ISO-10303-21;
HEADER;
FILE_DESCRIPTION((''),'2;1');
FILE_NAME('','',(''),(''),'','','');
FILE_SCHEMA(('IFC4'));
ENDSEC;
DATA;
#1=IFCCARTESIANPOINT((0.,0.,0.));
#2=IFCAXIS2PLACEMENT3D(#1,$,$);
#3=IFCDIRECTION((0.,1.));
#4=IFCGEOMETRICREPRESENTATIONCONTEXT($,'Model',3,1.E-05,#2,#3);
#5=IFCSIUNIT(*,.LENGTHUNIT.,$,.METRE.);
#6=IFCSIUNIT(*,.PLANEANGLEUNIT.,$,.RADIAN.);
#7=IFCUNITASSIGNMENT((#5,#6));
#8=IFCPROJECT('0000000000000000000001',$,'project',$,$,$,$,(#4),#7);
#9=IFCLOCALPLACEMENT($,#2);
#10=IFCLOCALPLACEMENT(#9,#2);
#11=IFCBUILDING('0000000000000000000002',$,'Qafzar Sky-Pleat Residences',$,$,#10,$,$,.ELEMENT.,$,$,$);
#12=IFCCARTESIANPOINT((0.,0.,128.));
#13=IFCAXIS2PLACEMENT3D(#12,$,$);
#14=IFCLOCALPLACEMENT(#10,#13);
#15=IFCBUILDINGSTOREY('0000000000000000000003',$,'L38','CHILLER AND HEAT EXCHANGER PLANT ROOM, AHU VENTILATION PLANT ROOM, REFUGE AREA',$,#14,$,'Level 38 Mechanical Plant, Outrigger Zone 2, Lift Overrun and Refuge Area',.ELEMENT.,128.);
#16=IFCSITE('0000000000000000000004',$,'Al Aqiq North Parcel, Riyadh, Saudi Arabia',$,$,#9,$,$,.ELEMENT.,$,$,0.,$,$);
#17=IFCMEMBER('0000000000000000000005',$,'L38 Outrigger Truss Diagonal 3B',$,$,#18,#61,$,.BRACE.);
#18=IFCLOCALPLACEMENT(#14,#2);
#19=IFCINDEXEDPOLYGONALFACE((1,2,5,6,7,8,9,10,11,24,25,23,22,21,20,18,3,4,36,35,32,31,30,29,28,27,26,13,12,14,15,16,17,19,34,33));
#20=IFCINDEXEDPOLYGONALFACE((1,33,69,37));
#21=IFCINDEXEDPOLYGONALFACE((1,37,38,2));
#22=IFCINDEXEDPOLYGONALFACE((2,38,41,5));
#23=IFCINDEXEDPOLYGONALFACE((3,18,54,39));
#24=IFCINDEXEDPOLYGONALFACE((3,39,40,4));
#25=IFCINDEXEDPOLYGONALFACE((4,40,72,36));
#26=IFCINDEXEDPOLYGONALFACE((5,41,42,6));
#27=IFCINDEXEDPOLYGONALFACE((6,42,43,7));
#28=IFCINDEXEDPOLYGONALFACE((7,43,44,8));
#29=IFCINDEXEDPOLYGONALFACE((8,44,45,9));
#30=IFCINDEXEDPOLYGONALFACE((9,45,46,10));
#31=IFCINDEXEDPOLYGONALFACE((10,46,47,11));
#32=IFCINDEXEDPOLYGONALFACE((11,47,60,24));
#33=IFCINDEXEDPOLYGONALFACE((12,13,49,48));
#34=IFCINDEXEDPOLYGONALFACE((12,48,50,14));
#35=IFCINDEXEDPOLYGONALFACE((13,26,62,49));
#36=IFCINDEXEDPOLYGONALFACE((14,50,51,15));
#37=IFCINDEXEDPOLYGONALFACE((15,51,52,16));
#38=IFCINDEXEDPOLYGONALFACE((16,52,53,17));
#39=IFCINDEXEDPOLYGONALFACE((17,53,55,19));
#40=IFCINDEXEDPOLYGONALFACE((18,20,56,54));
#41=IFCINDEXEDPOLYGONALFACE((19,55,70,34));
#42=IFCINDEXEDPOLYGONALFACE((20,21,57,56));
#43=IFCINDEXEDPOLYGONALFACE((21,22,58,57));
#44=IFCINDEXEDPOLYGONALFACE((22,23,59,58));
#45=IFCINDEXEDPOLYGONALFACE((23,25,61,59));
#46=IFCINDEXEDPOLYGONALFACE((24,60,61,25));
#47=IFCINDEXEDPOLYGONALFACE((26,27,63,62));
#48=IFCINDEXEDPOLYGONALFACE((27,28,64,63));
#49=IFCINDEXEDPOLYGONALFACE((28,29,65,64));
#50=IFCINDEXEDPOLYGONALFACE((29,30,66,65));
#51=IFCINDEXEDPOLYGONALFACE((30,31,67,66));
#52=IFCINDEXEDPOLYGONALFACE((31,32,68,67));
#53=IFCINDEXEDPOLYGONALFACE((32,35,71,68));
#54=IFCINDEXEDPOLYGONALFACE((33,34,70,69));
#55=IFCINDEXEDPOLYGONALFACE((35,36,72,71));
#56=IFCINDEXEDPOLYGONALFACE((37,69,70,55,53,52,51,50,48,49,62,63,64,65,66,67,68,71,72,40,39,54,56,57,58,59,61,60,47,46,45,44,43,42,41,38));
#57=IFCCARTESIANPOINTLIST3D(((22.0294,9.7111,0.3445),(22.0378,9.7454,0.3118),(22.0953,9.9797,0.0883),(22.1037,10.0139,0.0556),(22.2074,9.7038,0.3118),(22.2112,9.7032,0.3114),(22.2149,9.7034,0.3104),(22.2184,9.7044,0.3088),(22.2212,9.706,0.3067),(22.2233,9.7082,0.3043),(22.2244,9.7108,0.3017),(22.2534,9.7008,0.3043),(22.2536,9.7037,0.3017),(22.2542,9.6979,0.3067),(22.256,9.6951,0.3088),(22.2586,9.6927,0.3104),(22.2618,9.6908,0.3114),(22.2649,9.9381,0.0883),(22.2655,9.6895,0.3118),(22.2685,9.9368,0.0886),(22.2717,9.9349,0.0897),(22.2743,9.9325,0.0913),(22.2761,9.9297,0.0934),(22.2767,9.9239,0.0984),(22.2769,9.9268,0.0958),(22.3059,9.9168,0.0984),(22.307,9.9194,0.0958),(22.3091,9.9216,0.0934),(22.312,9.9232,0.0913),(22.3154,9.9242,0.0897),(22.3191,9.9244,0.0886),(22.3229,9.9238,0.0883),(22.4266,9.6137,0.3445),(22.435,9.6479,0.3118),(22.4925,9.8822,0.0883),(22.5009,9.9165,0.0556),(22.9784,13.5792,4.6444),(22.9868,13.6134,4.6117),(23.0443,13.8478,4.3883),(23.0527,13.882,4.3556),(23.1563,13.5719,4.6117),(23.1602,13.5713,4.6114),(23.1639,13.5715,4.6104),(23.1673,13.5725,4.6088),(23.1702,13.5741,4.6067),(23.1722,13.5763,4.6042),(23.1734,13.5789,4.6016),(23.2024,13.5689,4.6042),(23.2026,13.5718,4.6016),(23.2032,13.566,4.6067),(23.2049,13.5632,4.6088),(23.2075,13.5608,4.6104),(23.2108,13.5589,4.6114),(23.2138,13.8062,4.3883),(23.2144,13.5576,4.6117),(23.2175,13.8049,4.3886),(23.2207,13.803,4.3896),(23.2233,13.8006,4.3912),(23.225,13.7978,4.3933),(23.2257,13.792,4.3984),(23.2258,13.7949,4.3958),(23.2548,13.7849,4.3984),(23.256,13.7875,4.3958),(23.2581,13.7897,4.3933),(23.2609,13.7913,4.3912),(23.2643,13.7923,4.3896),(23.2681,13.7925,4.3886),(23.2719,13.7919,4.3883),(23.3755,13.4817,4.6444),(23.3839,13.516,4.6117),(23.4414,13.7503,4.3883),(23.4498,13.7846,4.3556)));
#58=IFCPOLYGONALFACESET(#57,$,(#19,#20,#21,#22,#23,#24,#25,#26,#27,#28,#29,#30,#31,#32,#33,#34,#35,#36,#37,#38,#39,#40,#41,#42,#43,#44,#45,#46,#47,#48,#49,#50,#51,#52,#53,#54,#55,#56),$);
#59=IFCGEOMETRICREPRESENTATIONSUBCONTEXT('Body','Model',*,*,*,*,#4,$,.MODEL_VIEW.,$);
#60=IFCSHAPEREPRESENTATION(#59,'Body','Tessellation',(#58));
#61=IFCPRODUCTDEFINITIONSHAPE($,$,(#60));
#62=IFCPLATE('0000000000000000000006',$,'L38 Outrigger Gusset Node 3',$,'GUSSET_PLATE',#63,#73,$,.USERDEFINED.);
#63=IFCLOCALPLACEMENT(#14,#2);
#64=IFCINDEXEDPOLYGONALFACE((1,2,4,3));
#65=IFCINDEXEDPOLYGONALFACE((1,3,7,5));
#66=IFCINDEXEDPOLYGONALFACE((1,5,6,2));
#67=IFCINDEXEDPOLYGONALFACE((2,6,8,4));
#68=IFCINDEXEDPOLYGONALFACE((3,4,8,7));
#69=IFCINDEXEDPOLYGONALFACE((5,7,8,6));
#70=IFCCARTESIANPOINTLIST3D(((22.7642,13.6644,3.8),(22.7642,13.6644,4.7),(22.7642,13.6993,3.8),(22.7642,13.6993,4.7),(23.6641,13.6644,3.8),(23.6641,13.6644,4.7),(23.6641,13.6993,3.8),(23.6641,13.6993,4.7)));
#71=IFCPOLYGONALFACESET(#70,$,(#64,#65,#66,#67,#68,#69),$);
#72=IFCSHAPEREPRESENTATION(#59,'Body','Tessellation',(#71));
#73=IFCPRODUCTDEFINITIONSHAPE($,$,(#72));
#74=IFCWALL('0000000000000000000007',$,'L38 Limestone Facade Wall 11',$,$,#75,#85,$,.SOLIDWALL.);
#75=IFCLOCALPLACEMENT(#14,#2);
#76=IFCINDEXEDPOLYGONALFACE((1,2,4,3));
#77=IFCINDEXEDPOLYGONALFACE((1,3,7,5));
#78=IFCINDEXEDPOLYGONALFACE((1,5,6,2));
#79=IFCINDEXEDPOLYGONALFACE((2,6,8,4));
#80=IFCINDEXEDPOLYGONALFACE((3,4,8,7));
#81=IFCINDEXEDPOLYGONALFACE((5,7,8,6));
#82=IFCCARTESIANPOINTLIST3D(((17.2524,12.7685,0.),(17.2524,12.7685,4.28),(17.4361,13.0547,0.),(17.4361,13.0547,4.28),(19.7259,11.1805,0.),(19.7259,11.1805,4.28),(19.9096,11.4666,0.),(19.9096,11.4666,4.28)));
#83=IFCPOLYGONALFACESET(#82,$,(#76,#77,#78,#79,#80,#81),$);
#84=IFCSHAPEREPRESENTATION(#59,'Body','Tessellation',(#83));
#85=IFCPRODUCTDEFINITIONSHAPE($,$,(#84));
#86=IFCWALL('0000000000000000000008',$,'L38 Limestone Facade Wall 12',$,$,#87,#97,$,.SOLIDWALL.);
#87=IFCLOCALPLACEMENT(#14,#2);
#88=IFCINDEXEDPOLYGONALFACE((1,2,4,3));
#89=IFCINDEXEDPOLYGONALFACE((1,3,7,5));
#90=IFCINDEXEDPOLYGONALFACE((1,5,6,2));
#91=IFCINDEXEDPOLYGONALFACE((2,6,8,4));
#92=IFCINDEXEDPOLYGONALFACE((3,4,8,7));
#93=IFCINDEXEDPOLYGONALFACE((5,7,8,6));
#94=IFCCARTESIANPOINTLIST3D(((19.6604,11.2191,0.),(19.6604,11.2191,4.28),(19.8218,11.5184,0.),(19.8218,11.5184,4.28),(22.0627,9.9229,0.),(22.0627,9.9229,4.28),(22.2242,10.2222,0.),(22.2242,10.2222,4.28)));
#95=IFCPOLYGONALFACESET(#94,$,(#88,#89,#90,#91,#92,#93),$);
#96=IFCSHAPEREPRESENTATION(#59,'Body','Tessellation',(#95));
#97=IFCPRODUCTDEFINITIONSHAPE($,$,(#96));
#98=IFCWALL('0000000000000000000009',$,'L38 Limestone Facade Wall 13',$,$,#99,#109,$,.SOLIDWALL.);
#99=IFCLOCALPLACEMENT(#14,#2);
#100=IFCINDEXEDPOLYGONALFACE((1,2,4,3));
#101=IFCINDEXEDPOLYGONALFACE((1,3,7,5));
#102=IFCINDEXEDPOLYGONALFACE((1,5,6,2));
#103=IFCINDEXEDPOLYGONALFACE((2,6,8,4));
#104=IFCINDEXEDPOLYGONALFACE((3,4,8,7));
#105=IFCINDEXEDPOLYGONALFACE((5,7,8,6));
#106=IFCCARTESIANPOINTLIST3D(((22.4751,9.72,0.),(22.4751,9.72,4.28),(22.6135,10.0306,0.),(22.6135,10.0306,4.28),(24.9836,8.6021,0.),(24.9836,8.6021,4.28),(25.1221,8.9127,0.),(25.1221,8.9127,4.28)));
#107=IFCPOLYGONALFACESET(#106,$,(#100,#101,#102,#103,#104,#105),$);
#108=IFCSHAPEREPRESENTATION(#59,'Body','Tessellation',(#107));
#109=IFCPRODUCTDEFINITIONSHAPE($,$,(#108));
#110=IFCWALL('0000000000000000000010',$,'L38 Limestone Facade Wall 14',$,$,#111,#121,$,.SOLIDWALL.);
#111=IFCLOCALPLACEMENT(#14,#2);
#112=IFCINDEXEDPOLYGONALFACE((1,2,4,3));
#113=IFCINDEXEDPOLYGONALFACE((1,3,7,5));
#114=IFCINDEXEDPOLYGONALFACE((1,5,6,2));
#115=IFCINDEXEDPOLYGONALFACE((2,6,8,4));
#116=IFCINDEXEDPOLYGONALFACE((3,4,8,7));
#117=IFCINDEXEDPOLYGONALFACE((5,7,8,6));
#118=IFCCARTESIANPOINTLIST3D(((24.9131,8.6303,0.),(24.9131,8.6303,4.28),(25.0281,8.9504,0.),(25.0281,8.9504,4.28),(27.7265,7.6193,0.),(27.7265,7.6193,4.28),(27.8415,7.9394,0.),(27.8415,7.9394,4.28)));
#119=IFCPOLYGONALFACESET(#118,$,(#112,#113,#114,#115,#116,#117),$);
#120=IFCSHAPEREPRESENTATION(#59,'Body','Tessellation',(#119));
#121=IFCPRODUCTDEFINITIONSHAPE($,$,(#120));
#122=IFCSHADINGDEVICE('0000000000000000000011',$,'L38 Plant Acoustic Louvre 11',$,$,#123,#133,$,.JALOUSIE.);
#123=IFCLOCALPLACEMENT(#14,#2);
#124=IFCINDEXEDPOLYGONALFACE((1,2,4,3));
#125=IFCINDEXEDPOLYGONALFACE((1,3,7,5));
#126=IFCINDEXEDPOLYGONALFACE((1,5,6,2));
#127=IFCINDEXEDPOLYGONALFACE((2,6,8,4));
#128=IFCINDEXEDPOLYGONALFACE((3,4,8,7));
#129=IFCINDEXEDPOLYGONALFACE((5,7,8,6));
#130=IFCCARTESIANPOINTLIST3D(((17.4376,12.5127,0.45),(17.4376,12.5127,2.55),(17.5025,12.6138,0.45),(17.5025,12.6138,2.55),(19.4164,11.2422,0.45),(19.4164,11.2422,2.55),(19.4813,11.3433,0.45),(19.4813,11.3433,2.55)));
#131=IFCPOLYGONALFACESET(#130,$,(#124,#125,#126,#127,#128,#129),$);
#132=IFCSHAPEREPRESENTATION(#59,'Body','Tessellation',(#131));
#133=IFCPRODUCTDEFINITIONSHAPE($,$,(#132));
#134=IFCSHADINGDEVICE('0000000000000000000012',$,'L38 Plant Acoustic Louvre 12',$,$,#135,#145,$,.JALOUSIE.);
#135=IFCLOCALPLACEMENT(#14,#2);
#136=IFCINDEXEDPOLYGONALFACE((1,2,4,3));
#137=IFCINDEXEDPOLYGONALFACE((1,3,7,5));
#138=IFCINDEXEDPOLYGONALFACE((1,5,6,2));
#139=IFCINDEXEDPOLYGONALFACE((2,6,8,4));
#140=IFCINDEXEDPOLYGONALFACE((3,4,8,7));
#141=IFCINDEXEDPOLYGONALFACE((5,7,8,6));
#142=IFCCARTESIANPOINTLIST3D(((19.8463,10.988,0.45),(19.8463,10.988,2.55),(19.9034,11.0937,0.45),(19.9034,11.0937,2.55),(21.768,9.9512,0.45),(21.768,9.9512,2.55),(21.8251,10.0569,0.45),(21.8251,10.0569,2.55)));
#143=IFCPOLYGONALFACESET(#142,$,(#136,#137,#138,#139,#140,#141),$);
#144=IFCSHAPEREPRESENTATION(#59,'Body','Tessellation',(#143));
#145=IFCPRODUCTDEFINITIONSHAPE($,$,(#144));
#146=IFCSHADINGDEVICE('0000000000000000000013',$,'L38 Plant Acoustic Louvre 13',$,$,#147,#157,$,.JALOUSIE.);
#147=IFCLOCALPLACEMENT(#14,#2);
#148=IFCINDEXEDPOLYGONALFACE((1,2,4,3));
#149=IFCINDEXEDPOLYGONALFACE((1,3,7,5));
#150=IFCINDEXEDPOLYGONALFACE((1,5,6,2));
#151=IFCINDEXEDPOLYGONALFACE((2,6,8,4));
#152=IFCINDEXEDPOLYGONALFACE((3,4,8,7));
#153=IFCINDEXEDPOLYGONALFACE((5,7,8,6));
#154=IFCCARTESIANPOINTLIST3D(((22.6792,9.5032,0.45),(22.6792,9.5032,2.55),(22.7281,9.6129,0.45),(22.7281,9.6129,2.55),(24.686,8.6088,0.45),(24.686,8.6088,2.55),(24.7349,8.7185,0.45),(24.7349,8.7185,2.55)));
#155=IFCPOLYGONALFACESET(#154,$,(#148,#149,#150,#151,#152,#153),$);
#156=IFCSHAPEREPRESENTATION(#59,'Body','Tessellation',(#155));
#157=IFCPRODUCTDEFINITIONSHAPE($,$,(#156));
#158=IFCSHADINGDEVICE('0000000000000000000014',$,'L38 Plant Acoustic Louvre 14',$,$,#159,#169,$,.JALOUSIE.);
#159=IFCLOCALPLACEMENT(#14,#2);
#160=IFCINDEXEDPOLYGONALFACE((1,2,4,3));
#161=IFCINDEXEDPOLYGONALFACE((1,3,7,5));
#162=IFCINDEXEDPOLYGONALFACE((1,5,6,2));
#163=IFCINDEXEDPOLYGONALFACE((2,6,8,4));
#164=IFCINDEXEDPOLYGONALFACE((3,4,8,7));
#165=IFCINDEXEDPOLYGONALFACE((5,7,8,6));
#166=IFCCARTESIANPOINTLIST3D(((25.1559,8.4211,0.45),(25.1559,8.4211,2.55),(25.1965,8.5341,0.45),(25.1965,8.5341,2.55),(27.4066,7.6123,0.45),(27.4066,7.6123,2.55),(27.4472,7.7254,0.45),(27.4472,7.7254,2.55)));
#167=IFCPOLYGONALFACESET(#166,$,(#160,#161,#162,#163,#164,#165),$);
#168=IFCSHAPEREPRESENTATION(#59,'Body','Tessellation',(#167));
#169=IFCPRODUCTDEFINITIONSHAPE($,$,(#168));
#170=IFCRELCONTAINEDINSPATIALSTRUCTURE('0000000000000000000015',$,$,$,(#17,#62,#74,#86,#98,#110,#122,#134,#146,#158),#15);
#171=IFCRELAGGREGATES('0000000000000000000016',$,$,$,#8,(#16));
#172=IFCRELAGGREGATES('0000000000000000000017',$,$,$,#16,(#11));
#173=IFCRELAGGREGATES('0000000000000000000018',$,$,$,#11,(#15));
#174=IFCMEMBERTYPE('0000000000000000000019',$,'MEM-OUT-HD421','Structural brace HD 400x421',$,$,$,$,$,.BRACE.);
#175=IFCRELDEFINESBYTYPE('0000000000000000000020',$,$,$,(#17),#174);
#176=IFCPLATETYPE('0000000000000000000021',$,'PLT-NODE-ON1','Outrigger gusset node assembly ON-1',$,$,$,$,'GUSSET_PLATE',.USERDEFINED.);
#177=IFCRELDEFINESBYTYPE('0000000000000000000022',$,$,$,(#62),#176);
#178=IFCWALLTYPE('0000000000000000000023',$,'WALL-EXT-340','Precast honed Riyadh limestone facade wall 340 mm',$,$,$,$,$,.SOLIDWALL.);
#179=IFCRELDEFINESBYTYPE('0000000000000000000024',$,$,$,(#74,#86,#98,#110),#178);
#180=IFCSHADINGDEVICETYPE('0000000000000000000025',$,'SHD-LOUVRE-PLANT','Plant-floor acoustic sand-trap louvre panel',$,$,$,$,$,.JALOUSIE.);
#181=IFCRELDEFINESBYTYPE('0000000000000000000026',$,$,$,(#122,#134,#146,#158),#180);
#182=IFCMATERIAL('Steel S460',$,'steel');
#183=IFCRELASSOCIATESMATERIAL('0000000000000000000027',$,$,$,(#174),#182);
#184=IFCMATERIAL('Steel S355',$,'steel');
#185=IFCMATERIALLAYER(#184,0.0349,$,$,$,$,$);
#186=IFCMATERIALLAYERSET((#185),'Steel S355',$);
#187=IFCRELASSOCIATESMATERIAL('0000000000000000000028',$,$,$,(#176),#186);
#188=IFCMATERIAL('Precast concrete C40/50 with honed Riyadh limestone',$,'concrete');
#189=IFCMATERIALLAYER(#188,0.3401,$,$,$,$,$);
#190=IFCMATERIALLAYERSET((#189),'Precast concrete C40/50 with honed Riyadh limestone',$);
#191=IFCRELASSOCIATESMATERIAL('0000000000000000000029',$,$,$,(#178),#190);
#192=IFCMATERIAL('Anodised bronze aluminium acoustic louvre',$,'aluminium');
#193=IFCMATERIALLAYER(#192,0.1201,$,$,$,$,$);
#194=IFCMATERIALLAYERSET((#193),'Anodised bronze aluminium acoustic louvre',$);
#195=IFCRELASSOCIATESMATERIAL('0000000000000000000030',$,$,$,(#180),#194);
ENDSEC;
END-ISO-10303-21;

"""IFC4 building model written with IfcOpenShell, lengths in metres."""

from ifc_helpers import new_model, si_unit, direction, frame, frame_2d, origin, origin_2d, place, context, subcontext, project, spatial, rectangle, i_section, extrude, source, transform, mapped, material, layer, layer_set, material_profile, profile_set, type_object, element, save


model = new_model("IFC4")

# Units and contexts
model_context = context("Model", 3, precision=1e-05, world=origin(), true_north=direction((0.0, 1.0)))
body_context = subcontext(model_context, "Body", "Model", "MODEL_VIEW")
ifc_project = project(units=[si_unit("LENGTHUNIT", "METRE"), si_unit("PLANEANGLEUNIT", "RADIAN")], contexts=[model_context])

# Site, building, storey
site_placement = place(None, origin())
site = spatial("IfcSite", under=ifc_project, at=site_placement, Name="Al Aqiq North Parcel, Riyadh, Saudi Arabia", CompositionType="ELEMENT", RefElevation=0.0)
building_placement = place(site_placement, origin())
building = spatial("IfcBuilding", under=site, at=building_placement, Name="Qafzar Sky-Pleat Residences", CompositionType="ELEMENT")
storey_placement = place(building_placement, frame((0.0, 0.0, 128.0)))
storey = spatial("IfcBuildingStorey", under=building, at=storey_placement, Name="L38", Description="CHILLER AND HEAT EXCHANGER PLANT ROOM, AHU VENTILATION PLANT ROOM, REFUGE AREA", LongName="Level 38 Mechanical Plant, Outrigger Zone 2, Lift Overrun and Refuge Area", CompositionType="ELEMENT", Elevation=128.0)

# Shared definitions
ifc_material_1 = material(Name="Steel S460", Category="steel")

# Shared definitions
ifc_material_2 = material(Name="Steel S355", Category="steel")

# Member
ifc_material_profile_1 = material_profile(ifc_material_1, i_section(OverallWidth=0.4089, OverallDepth=0.425, WebThickness=0.03, FlangeThickness=0.0481, FilletRadius=0.0149, at=origin_2d()), Name="HD 400x421")
ifc_profile_set_1 = profile_set([ifc_material_profile_1], Name="Steel S460")
member_type_1 = type_object("IfcMemberType", Name="MEM-OUT-HD421", Description="Structural brace HD 400x421", PredefinedType="BRACE", material=ifc_profile_set_1)
shared_shape_1 = source(origin(), body_context, "Body", "SweptSolid", [
    extrude(i_section(OverallWidth=0.4089, OverallDepth=0.425, WebThickness=0.03, FlangeThickness=0.0481, FilletRadius=0.0149, at=origin_2d()), origin(), (0.0, 0.0, 1.0), 5.8611),
])
member_1_placement = place(storey_placement, frame((23.2141, 13.6819, 4.5), z_axis=(-0.161908, -0.659961, -0.733646), x_axis=(0.9712, -0.238264, 0.0)))
element("IfcMember", 1, at=member_1_placement, inside=storey, type_object=member_type_1, Name="L38 Outrigger Truss Diagonal 3B", PredefinedType="BRACE", context=body_context, shape_type="MappedRepresentation", body=[
    mapped(shared_shape_1, transform((0.0, 0.0, 0.0), x_axis=(1.0, 0.0, 0.0), y_axis=(0.0, 1.0, 0.0), z_axis=(0.0, 0.0, 1.0), scale=1.0)),
])

# Plate
ifc_layer_1 = layer(ifc_material_2, 0.0349)
ifc_layer_set_1 = layer_set([ifc_layer_1], Name="Steel S355")
plate_type = type_object("IfcPlateType", Name="PLT-NODE-ON1", Description="Outrigger gusset node assembly ON-1", ElementType="GUSSET_PLATE", PredefinedType="USERDEFINED", material=ifc_layer_set_1)
shared_shape_2 = source(origin(), body_context, "Body", "SweptSolid", [
    extrude(rectangle(XDim=0.8999, YDim=0.0349, at=origin_2d()), origin(), (0.0, 0.0, 1.0), 0.8999),
])
plate_placement = place(storey_placement, frame((23.2141, 13.6819, 3.8), z_axis=(0.0, 0.0, 1.0), x_axis=(1.0, 0.0, 0.0)))
element("IfcPlate", 2, at=plate_placement, inside=storey, type_object=plate_type, Name="L38 Outrigger Gusset Node 3", ObjectType="GUSSET_PLATE", PredefinedType="USERDEFINED", context=body_context, shape_type="MappedRepresentation", body=[
    mapped(shared_shape_2, transform((0.0, 0.0, 0.0), x_axis=(1.0, 0.0, 0.0), y_axis=(0.0, 1.0, 0.0), z_axis=(0.0, 0.0, 1.0), scale=1.0)),
])

# Walls
ifc_material_3 = material(Name="Precast concrete C40/50 with honed Riyadh limestone", Category="concrete")
ifc_layer_2 = layer(ifc_material_3, 0.3401)
ifc_layer_set_2 = layer_set([ifc_layer_2], Name="Precast concrete C40/50 with honed Riyadh limestone")
wall_type = type_object("IfcWallType", Name="WALL-EXT-340", Description="Precast honed Riyadh limestone facade wall 340 mm", PredefinedType="SOLIDWALL", material=ifc_layer_set_2)
wall_1_placement = place(storey_placement, frame((17.3442, 12.9116, 0.0), z_axis=(0.0, 0.0, 1.0), x_axis=(0.841497, -0.540262, 0.0)))
element("IfcWall", 3, at=wall_1_placement, inside=storey, type_object=wall_type, Name="L38 Limestone Facade Wall 11", PredefinedType="SOLIDWALL", context=body_context, shape_type="SweptSolid", body=[
    extrude(rectangle(XDim=2.9395, YDim=0.3401, at=frame_2d((1.4697, 0.0))), origin(), (0.0, 0.0, 1.0), 4.28),
])
wall_2_placement = place(storey_placement, frame((19.7412, 11.3687, 0.0), z_axis=(0.0, 0.0, 1.0), x_axis=(0.880077, -0.47483, 0.0)))
element("IfcWall", 4, at=wall_2_placement, inside=storey, type_object=wall_type, Name="L38 Limestone Facade Wall 12", PredefinedType="SOLIDWALL", context=body_context, shape_type="SweptSolid", body=[
    extrude(rectangle(XDim=2.7297, YDim=0.3401, at=frame_2d((1.3647, 0.0))), origin(), (0.0, 0.0, 1.0), 4.28),
])
wall_3_placement = place(storey_placement, frame((22.5444, 9.8752, 0.0), z_axis=(0.0, 0.0, 1.0), x_axis=(0.913404, -0.407054, 0.0)))
element("IfcWall", 5, at=wall_3_placement, inside=storey, type_object=wall_type, Name="L38 Limestone Facade Wall 13", PredefinedType="SOLIDWALL", context=body_context, shape_type="SweptSolid", body=[
    extrude(rectangle(XDim=2.7463, YDim=0.3401, at=frame_2d((1.373, 0.0))), origin(), (0.0, 0.0, 1.0), 4.28),
])
wall_4_placement = place(storey_placement, frame((24.9707, 8.7903, 0.0), z_axis=(0.0, 0.0, 1.0), x_axis=(0.941086, -0.338167, 0.0)))
element("IfcWall", 6, at=wall_4_placement, inside=storey, type_object=wall_type, Name="L38 Limestone Facade Wall 14", PredefinedType="SOLIDWALL", context=body_context, shape_type="SweptSolid", body=[
    extrude(rectangle(XDim=2.9895, YDim=0.3401, at=frame_2d((1.4946, 0.0))), origin(), (0.0, 0.0, 1.0), 4.28),
])

# Shading devices
ifc_material_4 = material(Name="Anodised bronze aluminium acoustic louvre", Category="aluminium")
ifc_layer_3 = layer(ifc_material_4, 0.1201)
ifc_layer_set_3 = layer_set([ifc_layer_3], Name="Anodised bronze aluminium acoustic louvre")
shading_device_type = type_object("IfcShadingDeviceType", Name="SHD-LOUVRE-PLANT", Description="Plant-floor acoustic sand-trap louvre panel", PredefinedType="JALOUSIE", material=ifc_layer_set_3)
shared_shape_3 = source(origin(), body_context, "Body", "SweptSolid", [
    extrude(rectangle(XDim=2.3516, YDim=0.1201, at=origin_2d()), origin(), (0.0, 0.0, 1.0), 2.1001),
])
shading_device_1_placement = place(storey_placement, frame((18.4595, 11.928, 0.45), z_axis=(0.0, 0.0, 1.0), x_axis=(0.841489, -0.540274, 0.0)))
element("IfcShadingDevice", 7, at=shading_device_1_placement, inside=storey, type_object=shading_device_type, Name="L38 Plant Acoustic Louvre 11", PredefinedType="JALOUSIE", context=body_context, shape_type="MappedRepresentation", body=[
    mapped(shared_shape_3, transform((0.0, 0.0, 0.0), x_axis=(1.0, 0.0, 0.0), y_axis=(0.0, 1.0, 0.0), z_axis=(0.0, 0.0, 1.0), scale=1.0)),
])
shared_shape_4 = source(origin(), body_context, "Body", "SweptSolid", [
    extrude(rectangle(XDim=2.1836, YDim=0.1201, at=origin_2d()), origin(), (0.0, 0.0, 1.0), 2.1001),
])
shading_device_2_placement = place(storey_placement, frame((20.8357, 10.5225, 0.45), z_axis=(0.0, 0.0, 1.0), x_axis=(0.880072, -0.47484, 0.0)))
element("IfcShadingDevice", 8, at=shading_device_2_placement, inside=storey, type_object=shading_device_type, Name="L38 Plant Acoustic Louvre 12", PredefinedType="JALOUSIE", context=body_context, shape_type="MappedRepresentation", body=[
    mapped(shared_shape_4, transform((0.0, 0.0, 0.0), x_axis=(1.0, 0.0, 0.0), y_axis=(0.0, 1.0, 0.0), z_axis=(0.0, 0.0, 1.0), scale=1.0)),
])
shared_shape_5 = source(origin(), body_context, "Body", "SweptSolid", [
    extrude(rectangle(XDim=2.197, YDim=0.1201, at=origin_2d()), origin(), (0.0, 0.0, 1.0), 2.1001),
])
shading_device_3_placement = place(storey_placement, frame((23.707, 9.1108, 0.45), z_axis=(0.0, 0.0, 1.0), x_axis=(0.913398, -0.407067, 0.0)))
element("IfcShadingDevice", 9, at=shading_device_3_placement, inside=storey, type_object=shading_device_type, Name="L38 Plant Acoustic Louvre 13", PredefinedType="JALOUSIE", context=body_context, shape_type="MappedRepresentation", body=[
    mapped(shared_shape_5, transform((0.0, 0.0, 0.0), x_axis=(1.0, 0.0, 0.0), y_axis=(0.0, 1.0, 0.0), z_axis=(0.0, 0.0, 1.0), scale=1.0)),
])
shared_shape_6 = source(origin(), body_context, "Body", "SweptSolid", [
    extrude(rectangle(XDim=2.3916, YDim=0.1201, at=origin_2d()), origin(), (0.0, 0.0, 1.0), 2.1001),
])
shading_device_4_placement = place(storey_placement, frame((26.3015, 8.0732, 0.45), z_axis=(0.0, 0.0, 1.0), x_axis=(0.941086, -0.338169, 0.0)))
element("IfcShadingDevice", 10, at=shading_device_4_placement, inside=storey, type_object=shading_device_type, Name="L38 Plant Acoustic Louvre 14", PredefinedType="JALOUSIE", context=body_context, shape_type="MappedRepresentation", body=[
    mapped(shared_shape_6, transform((0.0, 0.0, 0.0), x_axis=(1.0, 0.0, 0.0), y_axis=(0.0, 1.0, 0.0), z_axis=(0.0, 0.0, 1.0), scale=1.0)),
])

save(model, "model.ifc")
